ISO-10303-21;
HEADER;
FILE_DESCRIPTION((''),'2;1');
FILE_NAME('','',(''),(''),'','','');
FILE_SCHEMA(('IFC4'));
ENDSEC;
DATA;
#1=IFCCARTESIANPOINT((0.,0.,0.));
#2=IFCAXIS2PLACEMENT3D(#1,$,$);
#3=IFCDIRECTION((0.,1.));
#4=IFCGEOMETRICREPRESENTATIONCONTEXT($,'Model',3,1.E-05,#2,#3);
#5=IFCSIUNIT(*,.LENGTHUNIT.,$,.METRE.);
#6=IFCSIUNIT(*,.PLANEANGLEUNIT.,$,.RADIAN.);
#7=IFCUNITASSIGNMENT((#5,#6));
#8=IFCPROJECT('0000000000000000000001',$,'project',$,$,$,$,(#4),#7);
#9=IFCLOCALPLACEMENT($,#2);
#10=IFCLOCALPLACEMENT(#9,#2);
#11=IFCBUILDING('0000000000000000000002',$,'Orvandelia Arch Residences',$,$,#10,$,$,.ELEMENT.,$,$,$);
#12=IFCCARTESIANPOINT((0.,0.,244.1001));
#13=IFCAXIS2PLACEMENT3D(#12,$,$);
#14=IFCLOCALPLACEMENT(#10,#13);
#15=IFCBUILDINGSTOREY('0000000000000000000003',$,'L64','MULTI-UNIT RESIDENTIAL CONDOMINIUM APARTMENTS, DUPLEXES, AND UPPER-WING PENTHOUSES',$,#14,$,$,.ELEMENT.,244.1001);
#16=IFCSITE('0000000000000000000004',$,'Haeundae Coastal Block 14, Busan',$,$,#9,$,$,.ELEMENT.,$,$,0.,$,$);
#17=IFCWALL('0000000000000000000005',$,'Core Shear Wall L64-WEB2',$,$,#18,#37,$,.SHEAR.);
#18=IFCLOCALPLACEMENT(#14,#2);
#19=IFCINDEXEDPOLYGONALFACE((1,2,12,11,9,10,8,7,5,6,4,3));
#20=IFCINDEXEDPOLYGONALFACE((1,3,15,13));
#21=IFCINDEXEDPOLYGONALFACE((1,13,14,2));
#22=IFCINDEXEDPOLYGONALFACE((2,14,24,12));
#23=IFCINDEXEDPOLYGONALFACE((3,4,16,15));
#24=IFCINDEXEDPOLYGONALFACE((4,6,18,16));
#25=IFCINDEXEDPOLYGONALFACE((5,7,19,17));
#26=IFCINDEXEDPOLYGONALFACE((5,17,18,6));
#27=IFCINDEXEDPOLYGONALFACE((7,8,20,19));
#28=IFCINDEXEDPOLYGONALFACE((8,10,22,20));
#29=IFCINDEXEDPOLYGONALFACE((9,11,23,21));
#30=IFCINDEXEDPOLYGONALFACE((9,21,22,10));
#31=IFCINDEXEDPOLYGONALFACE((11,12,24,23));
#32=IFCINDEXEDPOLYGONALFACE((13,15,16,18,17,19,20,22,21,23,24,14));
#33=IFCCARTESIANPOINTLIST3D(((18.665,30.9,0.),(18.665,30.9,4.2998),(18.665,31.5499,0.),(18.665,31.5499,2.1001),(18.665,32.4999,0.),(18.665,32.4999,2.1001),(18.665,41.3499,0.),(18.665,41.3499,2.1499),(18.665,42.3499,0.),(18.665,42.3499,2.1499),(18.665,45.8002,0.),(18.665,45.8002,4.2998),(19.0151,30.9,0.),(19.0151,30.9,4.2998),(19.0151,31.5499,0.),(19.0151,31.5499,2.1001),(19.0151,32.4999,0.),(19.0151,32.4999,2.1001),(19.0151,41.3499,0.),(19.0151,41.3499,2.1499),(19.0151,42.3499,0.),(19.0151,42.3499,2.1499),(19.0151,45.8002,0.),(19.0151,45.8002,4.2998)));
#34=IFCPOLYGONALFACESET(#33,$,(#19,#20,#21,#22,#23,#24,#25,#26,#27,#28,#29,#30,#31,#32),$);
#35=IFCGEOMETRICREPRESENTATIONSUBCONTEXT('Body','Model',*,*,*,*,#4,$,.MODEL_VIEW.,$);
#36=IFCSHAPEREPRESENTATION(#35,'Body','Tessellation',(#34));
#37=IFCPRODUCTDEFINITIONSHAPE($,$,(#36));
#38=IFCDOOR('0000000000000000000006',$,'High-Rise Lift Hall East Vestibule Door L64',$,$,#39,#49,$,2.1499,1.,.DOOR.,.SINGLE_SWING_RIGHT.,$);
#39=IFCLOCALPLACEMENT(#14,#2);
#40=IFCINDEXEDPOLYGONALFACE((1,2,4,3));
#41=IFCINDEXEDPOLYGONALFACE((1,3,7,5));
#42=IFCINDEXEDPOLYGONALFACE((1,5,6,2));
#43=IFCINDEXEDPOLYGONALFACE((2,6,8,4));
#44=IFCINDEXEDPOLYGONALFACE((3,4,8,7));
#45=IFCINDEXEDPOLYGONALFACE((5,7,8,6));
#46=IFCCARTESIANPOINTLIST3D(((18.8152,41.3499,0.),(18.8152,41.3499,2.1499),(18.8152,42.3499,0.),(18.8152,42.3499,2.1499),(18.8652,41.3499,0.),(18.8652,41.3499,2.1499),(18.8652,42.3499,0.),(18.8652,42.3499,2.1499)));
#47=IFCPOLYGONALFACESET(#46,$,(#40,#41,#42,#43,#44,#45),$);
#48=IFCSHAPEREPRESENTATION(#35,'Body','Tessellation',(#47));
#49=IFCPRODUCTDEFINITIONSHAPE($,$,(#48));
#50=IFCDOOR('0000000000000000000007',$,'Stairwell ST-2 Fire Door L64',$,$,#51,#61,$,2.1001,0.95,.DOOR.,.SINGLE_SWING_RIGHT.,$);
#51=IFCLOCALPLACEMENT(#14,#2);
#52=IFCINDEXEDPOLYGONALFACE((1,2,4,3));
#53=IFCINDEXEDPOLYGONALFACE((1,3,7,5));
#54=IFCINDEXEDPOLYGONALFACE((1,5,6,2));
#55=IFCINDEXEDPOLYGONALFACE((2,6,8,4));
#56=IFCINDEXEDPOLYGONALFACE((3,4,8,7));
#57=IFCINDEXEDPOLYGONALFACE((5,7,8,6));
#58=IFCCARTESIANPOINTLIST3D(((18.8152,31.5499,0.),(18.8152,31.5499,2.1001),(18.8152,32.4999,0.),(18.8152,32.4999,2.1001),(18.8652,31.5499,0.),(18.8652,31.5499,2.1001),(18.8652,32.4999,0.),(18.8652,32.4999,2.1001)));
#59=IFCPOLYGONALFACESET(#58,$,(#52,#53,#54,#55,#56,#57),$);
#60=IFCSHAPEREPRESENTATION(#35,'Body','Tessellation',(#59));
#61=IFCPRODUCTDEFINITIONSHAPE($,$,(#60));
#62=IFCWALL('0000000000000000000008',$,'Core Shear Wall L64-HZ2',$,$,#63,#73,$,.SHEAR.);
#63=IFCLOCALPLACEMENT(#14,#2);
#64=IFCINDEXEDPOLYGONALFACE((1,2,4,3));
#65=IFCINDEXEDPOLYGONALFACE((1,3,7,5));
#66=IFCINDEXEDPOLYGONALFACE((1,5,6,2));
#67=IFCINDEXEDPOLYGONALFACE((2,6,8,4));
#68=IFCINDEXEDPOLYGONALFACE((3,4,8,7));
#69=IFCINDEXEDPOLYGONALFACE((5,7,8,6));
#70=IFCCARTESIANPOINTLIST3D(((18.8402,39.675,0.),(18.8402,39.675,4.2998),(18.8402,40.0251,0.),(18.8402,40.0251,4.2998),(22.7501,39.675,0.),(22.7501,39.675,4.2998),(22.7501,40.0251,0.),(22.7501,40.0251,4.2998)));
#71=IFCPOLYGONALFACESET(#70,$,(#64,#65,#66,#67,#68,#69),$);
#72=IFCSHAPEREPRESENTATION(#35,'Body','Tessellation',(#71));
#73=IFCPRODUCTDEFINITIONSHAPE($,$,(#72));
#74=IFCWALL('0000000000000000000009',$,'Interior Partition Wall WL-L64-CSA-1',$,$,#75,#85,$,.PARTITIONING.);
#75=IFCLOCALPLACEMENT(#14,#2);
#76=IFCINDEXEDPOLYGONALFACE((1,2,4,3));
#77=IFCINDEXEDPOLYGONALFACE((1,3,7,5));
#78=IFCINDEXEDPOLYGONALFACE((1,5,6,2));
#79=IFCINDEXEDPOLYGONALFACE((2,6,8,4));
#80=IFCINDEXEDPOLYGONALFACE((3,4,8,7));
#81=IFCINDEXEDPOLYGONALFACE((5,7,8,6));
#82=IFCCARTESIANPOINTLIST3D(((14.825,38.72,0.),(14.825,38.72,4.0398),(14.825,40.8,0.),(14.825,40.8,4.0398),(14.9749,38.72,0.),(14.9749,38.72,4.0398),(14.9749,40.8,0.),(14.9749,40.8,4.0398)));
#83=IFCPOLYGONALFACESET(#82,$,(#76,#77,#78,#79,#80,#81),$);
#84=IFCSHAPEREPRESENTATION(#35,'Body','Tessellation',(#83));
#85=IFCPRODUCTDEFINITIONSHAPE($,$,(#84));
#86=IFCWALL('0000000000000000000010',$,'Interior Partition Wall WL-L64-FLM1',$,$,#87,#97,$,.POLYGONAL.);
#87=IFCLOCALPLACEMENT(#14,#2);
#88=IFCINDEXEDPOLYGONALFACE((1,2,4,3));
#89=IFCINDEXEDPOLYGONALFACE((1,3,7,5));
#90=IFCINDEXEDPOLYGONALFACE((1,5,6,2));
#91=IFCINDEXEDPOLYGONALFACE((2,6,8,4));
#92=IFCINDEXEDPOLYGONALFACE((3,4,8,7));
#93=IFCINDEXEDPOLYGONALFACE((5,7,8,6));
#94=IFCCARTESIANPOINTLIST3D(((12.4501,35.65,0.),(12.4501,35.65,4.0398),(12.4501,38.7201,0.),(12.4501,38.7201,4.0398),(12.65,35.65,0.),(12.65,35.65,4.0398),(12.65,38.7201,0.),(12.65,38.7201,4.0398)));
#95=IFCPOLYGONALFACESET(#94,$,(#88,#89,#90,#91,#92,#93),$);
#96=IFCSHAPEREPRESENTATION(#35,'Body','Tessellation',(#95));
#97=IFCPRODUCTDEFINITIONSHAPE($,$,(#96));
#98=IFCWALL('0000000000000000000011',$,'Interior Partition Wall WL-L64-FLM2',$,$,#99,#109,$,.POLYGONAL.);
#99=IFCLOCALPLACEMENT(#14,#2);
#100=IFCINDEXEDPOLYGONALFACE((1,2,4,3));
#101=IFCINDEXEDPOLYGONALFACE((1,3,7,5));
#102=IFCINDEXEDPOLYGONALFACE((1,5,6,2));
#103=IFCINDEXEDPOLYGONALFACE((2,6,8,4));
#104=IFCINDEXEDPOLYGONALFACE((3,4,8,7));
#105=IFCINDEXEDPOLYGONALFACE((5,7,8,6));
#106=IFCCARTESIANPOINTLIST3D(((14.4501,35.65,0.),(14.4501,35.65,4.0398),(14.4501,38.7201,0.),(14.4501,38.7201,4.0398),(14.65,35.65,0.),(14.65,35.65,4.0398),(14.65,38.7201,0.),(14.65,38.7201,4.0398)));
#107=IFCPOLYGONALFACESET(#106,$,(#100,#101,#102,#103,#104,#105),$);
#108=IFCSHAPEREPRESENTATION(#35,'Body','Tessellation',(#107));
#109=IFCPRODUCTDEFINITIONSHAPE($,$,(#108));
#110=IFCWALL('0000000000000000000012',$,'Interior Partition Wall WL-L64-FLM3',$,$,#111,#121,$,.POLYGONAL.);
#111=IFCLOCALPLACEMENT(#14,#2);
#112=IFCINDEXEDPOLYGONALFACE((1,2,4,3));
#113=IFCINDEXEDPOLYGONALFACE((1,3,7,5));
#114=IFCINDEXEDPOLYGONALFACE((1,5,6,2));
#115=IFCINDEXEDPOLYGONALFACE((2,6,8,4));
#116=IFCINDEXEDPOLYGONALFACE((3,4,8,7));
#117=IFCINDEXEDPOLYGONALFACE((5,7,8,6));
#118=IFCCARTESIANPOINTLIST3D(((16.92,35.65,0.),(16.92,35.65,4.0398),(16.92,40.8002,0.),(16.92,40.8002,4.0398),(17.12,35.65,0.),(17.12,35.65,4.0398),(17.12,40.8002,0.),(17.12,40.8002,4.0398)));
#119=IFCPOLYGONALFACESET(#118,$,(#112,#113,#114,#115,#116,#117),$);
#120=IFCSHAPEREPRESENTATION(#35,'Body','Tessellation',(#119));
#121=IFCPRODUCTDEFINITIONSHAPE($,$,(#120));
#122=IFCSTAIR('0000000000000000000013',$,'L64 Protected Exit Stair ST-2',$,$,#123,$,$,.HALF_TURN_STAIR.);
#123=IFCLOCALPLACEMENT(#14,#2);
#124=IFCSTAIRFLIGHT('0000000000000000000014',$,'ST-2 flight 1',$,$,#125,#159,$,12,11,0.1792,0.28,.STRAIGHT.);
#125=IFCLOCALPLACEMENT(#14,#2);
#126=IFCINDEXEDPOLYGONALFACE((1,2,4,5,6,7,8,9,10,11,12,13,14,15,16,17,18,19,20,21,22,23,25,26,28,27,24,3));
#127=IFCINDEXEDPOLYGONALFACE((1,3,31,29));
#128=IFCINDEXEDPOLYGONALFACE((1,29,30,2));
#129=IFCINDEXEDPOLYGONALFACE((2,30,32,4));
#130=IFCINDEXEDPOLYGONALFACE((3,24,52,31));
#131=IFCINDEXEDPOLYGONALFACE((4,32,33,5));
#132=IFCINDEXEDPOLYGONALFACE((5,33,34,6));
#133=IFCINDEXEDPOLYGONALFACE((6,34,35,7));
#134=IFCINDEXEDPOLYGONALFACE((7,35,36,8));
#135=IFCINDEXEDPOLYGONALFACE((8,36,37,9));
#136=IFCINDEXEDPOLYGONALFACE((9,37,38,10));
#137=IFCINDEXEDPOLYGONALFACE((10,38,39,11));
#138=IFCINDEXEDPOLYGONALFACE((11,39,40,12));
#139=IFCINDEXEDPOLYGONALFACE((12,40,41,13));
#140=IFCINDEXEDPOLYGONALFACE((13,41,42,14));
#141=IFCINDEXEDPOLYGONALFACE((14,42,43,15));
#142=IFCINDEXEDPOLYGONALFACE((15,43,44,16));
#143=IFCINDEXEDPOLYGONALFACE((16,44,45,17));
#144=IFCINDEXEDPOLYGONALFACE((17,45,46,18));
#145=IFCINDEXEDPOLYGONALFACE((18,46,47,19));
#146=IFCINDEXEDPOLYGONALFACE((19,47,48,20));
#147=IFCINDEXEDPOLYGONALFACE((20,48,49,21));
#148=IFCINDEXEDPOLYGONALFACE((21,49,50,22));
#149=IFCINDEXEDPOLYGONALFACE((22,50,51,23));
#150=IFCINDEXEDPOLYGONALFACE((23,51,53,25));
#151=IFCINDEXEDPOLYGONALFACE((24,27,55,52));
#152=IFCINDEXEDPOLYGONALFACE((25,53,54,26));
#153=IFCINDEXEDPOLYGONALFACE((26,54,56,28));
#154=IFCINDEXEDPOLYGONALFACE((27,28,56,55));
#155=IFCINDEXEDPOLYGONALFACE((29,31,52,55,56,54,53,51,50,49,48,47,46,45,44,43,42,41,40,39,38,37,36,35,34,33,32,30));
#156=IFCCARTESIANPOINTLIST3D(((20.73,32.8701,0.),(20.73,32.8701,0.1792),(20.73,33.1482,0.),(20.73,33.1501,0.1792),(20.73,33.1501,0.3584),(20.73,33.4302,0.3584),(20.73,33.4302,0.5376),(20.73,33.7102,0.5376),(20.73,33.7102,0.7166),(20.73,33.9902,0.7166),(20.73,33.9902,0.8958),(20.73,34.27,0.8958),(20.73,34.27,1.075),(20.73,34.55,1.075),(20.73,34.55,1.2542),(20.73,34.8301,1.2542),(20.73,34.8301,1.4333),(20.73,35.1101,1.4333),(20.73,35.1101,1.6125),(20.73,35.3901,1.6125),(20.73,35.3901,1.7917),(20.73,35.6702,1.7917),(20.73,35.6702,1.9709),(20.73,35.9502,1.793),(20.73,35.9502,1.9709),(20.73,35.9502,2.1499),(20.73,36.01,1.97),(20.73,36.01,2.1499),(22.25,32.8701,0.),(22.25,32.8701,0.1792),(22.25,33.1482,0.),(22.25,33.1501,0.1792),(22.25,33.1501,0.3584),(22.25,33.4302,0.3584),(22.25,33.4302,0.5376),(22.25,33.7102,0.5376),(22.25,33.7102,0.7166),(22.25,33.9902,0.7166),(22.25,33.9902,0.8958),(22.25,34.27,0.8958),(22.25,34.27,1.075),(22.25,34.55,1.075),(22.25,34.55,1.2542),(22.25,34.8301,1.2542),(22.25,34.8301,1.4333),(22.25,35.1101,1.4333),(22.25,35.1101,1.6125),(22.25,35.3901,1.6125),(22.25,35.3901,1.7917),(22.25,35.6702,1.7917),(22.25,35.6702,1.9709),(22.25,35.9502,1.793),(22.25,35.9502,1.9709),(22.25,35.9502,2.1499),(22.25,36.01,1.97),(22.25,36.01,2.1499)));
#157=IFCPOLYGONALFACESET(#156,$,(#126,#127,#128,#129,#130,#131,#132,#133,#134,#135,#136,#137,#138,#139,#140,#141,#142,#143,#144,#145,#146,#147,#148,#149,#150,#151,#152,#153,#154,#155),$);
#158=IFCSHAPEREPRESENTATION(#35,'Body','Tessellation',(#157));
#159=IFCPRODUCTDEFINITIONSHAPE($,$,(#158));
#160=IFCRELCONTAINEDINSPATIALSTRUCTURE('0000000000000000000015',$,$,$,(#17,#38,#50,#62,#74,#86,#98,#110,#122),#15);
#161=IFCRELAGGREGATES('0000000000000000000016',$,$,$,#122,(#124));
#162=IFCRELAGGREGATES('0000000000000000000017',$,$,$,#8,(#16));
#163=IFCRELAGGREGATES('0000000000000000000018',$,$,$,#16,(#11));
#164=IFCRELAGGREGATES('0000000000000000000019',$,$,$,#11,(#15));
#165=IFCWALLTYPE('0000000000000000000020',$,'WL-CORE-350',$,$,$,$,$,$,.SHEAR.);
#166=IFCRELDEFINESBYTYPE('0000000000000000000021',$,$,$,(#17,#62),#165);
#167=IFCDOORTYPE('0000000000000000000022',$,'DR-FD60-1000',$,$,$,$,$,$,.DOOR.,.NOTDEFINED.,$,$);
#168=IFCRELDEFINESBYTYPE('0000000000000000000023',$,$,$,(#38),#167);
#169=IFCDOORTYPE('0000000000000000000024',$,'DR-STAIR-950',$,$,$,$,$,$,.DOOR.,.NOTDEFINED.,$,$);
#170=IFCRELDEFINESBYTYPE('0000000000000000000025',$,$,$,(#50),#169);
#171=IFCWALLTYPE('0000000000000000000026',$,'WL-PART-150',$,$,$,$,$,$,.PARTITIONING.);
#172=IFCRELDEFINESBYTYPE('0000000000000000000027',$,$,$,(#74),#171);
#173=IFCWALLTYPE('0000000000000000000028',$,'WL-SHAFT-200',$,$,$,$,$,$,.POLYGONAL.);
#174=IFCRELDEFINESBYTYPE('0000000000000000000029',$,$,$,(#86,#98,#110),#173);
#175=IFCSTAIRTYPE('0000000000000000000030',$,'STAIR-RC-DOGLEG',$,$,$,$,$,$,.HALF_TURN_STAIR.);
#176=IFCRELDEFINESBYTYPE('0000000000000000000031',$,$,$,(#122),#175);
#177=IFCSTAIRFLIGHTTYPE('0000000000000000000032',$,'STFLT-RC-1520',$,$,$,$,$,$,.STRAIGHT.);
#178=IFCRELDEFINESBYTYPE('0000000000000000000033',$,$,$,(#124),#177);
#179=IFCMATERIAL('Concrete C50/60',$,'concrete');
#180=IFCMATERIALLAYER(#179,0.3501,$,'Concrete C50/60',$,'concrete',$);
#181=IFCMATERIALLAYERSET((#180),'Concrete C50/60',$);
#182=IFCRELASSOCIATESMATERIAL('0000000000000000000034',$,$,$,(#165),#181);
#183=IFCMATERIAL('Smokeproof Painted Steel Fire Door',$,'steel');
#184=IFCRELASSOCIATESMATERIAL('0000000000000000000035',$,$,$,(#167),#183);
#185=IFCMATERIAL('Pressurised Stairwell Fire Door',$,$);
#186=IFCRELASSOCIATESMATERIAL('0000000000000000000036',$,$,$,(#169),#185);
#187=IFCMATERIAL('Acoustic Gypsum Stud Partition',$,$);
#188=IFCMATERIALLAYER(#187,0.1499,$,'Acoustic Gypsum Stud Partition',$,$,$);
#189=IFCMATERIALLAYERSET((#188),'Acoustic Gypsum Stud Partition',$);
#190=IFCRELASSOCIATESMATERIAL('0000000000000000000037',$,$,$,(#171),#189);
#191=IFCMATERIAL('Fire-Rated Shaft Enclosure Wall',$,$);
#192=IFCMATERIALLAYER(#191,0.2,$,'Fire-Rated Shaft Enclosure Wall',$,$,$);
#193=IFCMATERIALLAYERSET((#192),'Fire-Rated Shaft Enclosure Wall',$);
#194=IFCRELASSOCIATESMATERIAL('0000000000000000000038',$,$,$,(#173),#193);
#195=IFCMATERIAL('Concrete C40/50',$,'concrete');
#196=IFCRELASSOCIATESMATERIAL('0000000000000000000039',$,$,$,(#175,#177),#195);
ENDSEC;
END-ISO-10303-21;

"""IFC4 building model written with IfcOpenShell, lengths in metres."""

from ifc_helpers import new_model, si_unit, direction, frame, frame_2d, origin, place, context, subcontext, project, spatial, polyline, rectangle, outline, extrude, material, layer, layer_set, type_object, element, fill, aggregate, save


model = new_model("IFC4")

# Units and contexts
model_context = context("Model", 3, precision=1e-05, world=origin(), true_north=direction((0.0, 1.0)))
body_context = subcontext(model_context, "Body", "Model", "MODEL_VIEW")
ifc_project = project(units=[si_unit("LENGTHUNIT", "METRE"), si_unit("PLANEANGLEUNIT", "RADIAN")], contexts=[model_context])

# Site, building, storey
site_placement = place(None, origin())
site = spatial("IfcSite", under=ifc_project, at=site_placement, Name="Haeundae Coastal Block 14, Busan", CompositionType="ELEMENT", RefElevation=0.0)
building_placement = place(site_placement, origin())
building = spatial("IfcBuilding", under=site, at=building_placement, Name="Orvandelia Arch Residences", CompositionType="ELEMENT")
storey_placement = place(building_placement, frame((0.0, 0.0, 244.1001)))
storey = spatial("IfcBuildingStorey", under=building, at=storey_placement, Name="L64", Description="MULTI-UNIT RESIDENTIAL CONDOMINIUM APARTMENTS, DUPLEXES, AND UPPER-WING PENTHOUSES", CompositionType="ELEMENT", Elevation=244.1001)

# Wall, openings, doors
ifc_material_1 = material(Name="Concrete C50/60", Category="concrete")
ifc_layer_1 = layer(ifc_material_1, 0.3501, Name="Concrete C50/60", Category="concrete")
ifc_layer_set_1 = layer_set([ifc_layer_1], Name="Concrete C50/60")
wall_type_1 = type_object("IfcWallType", Name="WL-CORE-350", PredefinedType="SHEAR", material=ifc_layer_set_1)
wall_1_placement = place(storey_placement, frame((18.8401, 30.8999, 0.0), z_axis=(0.0, 0.0, 1.0), x_axis=(0.0, 1.0, 0.0)))
wall_1 = element("IfcWall", 1, at=wall_1_placement, inside=storey, type_object=wall_type_1, Name="Core Shear Wall L64-WEB2", PredefinedType="SHEAR", context=body_context, shape_type="SweptSolid", body=[
    extrude(rectangle(XDim=14.9001, YDim=0.3501, at=frame_2d((7.4502, 0.0))), origin(), (0.0, 0.0, 1.0), 4.2998),
])
opening_1_placement = place(wall_1_placement, frame((0.6499, 0.0, 0.0)))
opening_1 = element("IfcOpeningElement", 2, at=opening_1_placement, cuts=wall_1, PredefinedType="OPENING", context=body_context, shape_type="SweptSolid", body=[
    extrude(rectangle(XDim=0.95, YDim=2.1001, at=frame_2d((0.4751, 1.05))), frame((0.0, 0.1851, 0.0), z_axis=(0.0, -1.0, 0.0), x_axis=(1.0, 0.0, 0.0)), (0.0, 0.0, 1.0), 0.3701),
])
opening_2_placement = place(wall_1_placement, frame((10.45, 0.0, 0.0)))
opening_2 = element("IfcOpeningElement", 3, at=opening_2_placement, cuts=wall_1, PredefinedType="OPENING", context=body_context, shape_type="SweptSolid", body=[
    extrude(rectangle(XDim=1.0, YDim=2.1499, at=frame_2d((0.5, 1.075))), frame((0.0, 0.1851, 0.0), z_axis=(0.0, -1.0, 0.0), x_axis=(1.0, 0.0, 0.0)), (0.0, 0.0, 1.0), 0.3701),
])
ifc_material_2 = material(Name="Smokeproof Painted Steel Fire Door", Category="steel")
door_type_1 = type_object("IfcDoorType", Name="DR-FD60-1000", OperationType="NOTDEFINED", PredefinedType="DOOR", material=ifc_material_2)
door_1_placement = place(opening_2_placement, origin())
door_1 = element("IfcDoor", 4, at=door_1_placement, inside=storey, type_object=door_type_1, Name="High-Rise Lift Hall East Vestibule Door L64", OperationType="SINGLE_SWING_RIGHT", OverallHeight=2.1499, OverallWidth=1.0, PredefinedType="DOOR", context=body_context, shape_type="SweptSolid", body=[
    extrude(rectangle(XDim=1.0, YDim=2.1499, at=frame_2d((0.5, 1.075))), frame((0.0, 0.0249, 0.0), z_axis=(0.0, -1.0, 0.0), x_axis=(1.0, 0.0, 0.0)), (0.0, 0.0, 1.0), 0.05),
])
fill(opening_2, door_1)
ifc_material_3 = material(Name="Pressurised Stairwell Fire Door")
door_type_2 = type_object("IfcDoorType", Name="DR-STAIR-950", OperationType="NOTDEFINED", PredefinedType="DOOR", material=ifc_material_3)
door_2_placement = place(opening_1_placement, origin())
door_2 = element("IfcDoor", 5, at=door_2_placement, inside=storey, type_object=door_type_2, Name="Stairwell ST-2 Fire Door L64", OperationType="SINGLE_SWING_RIGHT", OverallHeight=2.1001, OverallWidth=0.95, PredefinedType="DOOR", context=body_context, shape_type="SweptSolid", body=[
    extrude(rectangle(XDim=0.95, YDim=2.1001, at=frame_2d((0.4751, 1.05))), frame((0.0, 0.0249, 0.0), z_axis=(0.0, -1.0, 0.0), x_axis=(1.0, 0.0, 0.0)), (0.0, 0.0, 1.0), 0.05),
])
fill(opening_1, door_2)

# Walls
wall_2_placement = place(storey_placement, frame((18.8401, 39.8501, 0.0), z_axis=(0.0, 0.0, 1.0), x_axis=(1.0, 0.0, 0.0)))
element("IfcWall", 6, at=wall_2_placement, inside=storey, type_object=wall_type_1, Name="Core Shear Wall L64-HZ2", PredefinedType="SHEAR", context=body_context, shape_type="SweptSolid", body=[
    extrude(rectangle(XDim=3.9099, YDim=0.3501, at=frame_2d((1.9551, 0.0))), origin(), (0.0, 0.0, 1.0), 4.2998),
])
ifc_material_4 = material(Name="Acoustic Gypsum Stud Partition")
ifc_layer_2 = layer(ifc_material_4, 0.1499, Name="Acoustic Gypsum Stud Partition")
ifc_layer_set_2 = layer_set([ifc_layer_2], Name="Acoustic Gypsum Stud Partition")
wall_type_2 = type_object("IfcWallType", Name="WL-PART-150", PredefinedType="PARTITIONING", material=ifc_layer_set_2)
wall_3_placement = place(storey_placement, frame((14.8999, 38.72, 0.0), z_axis=(0.0, 0.0, 1.0), x_axis=(0.0, 1.0, 0.0)))
element("IfcWall", 7, at=wall_3_placement, inside=storey, type_object=wall_type_2, Name="Interior Partition Wall WL-L64-CSA-1", PredefinedType="PARTITIONING", context=body_context, shape_type="SweptSolid", body=[
    extrude(rectangle(XDim=2.0801, YDim=0.1499, at=frame_2d((1.04, 0.0))), origin(), (0.0, 0.0, 1.0), 4.0398),
])
ifc_material_5 = material(Name="Fire-Rated Shaft Enclosure Wall")
ifc_layer_3 = layer(ifc_material_5, 0.2, Name="Fire-Rated Shaft Enclosure Wall")
ifc_layer_set_3 = layer_set([ifc_layer_3], Name="Fire-Rated Shaft Enclosure Wall")
wall_type_3 = type_object("IfcWallType", Name="WL-SHAFT-200", PredefinedType="POLYGONAL", material=ifc_layer_set_3)
for number, where, z_axis, x_axis, name in (
    (8, (12.55, 35.6499, 0.0), (0.0, 0.0, 1.0), (0.0, 1.0, 0.0), "Interior Partition Wall WL-L64-FLM1"),
    (9, (14.55, 35.6499, 0.0), (0.0, 0.0, 1.0), (0.0, 1.0, 0.0), "Interior Partition Wall WL-L64-FLM2"),
):
    element("IfcWall", number, at=place(storey_placement, frame(where, z_axis=z_axis, x_axis=x_axis)), inside=storey, type_object=wall_type_3, Name=name, PredefinedType="POLYGONAL", context=body_context, shape_type="SweptSolid", body=[
        extrude(rectangle(XDim=3.0701, YDim=0.2, at=frame_2d((1.5352, 0.0))), origin(), (0.0, 0.0, 1.0), 4.0398),
    ])
wall_4_placement = place(storey_placement, frame((17.02, 35.6499, 0.0), z_axis=(0.0, 0.0, 1.0), x_axis=(0.0, 1.0, 0.0)))
element("IfcWall", 10, at=wall_4_placement, inside=storey, type_object=wall_type_3, Name="Interior Partition Wall WL-L64-FLM3", PredefinedType="POLYGONAL", context=body_context, shape_type="SweptSolid", body=[
    extrude(rectangle(XDim=5.1501, YDim=0.2, at=frame_2d((2.5752, 0.0))), origin(), (0.0, 0.0, 1.0), 4.0398),
])

# Stair, stair flight
ifc_material_6 = material(Name="Concrete C40/50", Category="concrete")
stair_type = type_object("IfcStairType", Name="STAIR-RC-DOGLEG", PredefinedType="HALF_TURN_STAIR", material=ifc_material_6)
stair_placement = place(storey_placement, origin())
stair = element("IfcStair", 11, at=stair_placement, inside=storey, type_object=stair_type, Name="L64 Protected Exit Stair ST-2", PredefinedType="HALF_TURN_STAIR")
stair_flight_type = type_object("IfcStairFlightType", Name="STFLT-RC-1520", PredefinedType="STRAIGHT", material=ifc_material_6)
stair_flight_1_placement = place(storey_placement, frame((21.49, 32.8701, 0.0), z_axis=(0.0, 0.0, 1.0), x_axis=(0.0, 1.0, 0.0)))
stair_flight_1 = element("IfcStairFlight", 12, at=stair_flight_1_placement, type_object=stair_flight_type, Name="ST-2 flight 1", NumberOfRisers=12, NumberOfTreads=11, PredefinedType="STRAIGHT", RiserHeight=0.1792, TreadLength=0.28, context=body_context, shape_type="SweptSolid", body=[
    extrude(outline(polyline([(0.0, 0.0), (0.0, 0.1792), (0.28, 0.1792), (0.28, 0.3584), (0.5601, 0.3584), (0.5601, 0.5376), (0.8401, 0.5376), (0.8401, 0.7166), (1.1201, 0.7166), (1.1201, 0.8958), (1.3999, 0.8958), (1.3999, 1.075), (1.6799, 1.075), (1.6799, 1.2542), (1.96, 1.2542), (1.96, 1.4333), (2.24, 1.4333), (2.24, 1.6125), (2.52, 1.6125), (2.52, 1.7917), (2.8, 1.7917), (2.8, 1.9709), (3.0801, 1.9709), (3.0801, 2.1499), (3.1399, 2.1499), (3.1399, 1.97), (3.0801, 1.793), (0.2781, 0.0), (0.0, 0.0)])), frame((0.0, 0.76, 0.0), z_axis=(0.0, -1.0, 0.0), x_axis=(1.0, 0.0, 0.0)), (0.0, 0.0, 1.0), 1.52),
])
aggregate(stair, [stair_flight_1])

save(model, "model.ifc")
